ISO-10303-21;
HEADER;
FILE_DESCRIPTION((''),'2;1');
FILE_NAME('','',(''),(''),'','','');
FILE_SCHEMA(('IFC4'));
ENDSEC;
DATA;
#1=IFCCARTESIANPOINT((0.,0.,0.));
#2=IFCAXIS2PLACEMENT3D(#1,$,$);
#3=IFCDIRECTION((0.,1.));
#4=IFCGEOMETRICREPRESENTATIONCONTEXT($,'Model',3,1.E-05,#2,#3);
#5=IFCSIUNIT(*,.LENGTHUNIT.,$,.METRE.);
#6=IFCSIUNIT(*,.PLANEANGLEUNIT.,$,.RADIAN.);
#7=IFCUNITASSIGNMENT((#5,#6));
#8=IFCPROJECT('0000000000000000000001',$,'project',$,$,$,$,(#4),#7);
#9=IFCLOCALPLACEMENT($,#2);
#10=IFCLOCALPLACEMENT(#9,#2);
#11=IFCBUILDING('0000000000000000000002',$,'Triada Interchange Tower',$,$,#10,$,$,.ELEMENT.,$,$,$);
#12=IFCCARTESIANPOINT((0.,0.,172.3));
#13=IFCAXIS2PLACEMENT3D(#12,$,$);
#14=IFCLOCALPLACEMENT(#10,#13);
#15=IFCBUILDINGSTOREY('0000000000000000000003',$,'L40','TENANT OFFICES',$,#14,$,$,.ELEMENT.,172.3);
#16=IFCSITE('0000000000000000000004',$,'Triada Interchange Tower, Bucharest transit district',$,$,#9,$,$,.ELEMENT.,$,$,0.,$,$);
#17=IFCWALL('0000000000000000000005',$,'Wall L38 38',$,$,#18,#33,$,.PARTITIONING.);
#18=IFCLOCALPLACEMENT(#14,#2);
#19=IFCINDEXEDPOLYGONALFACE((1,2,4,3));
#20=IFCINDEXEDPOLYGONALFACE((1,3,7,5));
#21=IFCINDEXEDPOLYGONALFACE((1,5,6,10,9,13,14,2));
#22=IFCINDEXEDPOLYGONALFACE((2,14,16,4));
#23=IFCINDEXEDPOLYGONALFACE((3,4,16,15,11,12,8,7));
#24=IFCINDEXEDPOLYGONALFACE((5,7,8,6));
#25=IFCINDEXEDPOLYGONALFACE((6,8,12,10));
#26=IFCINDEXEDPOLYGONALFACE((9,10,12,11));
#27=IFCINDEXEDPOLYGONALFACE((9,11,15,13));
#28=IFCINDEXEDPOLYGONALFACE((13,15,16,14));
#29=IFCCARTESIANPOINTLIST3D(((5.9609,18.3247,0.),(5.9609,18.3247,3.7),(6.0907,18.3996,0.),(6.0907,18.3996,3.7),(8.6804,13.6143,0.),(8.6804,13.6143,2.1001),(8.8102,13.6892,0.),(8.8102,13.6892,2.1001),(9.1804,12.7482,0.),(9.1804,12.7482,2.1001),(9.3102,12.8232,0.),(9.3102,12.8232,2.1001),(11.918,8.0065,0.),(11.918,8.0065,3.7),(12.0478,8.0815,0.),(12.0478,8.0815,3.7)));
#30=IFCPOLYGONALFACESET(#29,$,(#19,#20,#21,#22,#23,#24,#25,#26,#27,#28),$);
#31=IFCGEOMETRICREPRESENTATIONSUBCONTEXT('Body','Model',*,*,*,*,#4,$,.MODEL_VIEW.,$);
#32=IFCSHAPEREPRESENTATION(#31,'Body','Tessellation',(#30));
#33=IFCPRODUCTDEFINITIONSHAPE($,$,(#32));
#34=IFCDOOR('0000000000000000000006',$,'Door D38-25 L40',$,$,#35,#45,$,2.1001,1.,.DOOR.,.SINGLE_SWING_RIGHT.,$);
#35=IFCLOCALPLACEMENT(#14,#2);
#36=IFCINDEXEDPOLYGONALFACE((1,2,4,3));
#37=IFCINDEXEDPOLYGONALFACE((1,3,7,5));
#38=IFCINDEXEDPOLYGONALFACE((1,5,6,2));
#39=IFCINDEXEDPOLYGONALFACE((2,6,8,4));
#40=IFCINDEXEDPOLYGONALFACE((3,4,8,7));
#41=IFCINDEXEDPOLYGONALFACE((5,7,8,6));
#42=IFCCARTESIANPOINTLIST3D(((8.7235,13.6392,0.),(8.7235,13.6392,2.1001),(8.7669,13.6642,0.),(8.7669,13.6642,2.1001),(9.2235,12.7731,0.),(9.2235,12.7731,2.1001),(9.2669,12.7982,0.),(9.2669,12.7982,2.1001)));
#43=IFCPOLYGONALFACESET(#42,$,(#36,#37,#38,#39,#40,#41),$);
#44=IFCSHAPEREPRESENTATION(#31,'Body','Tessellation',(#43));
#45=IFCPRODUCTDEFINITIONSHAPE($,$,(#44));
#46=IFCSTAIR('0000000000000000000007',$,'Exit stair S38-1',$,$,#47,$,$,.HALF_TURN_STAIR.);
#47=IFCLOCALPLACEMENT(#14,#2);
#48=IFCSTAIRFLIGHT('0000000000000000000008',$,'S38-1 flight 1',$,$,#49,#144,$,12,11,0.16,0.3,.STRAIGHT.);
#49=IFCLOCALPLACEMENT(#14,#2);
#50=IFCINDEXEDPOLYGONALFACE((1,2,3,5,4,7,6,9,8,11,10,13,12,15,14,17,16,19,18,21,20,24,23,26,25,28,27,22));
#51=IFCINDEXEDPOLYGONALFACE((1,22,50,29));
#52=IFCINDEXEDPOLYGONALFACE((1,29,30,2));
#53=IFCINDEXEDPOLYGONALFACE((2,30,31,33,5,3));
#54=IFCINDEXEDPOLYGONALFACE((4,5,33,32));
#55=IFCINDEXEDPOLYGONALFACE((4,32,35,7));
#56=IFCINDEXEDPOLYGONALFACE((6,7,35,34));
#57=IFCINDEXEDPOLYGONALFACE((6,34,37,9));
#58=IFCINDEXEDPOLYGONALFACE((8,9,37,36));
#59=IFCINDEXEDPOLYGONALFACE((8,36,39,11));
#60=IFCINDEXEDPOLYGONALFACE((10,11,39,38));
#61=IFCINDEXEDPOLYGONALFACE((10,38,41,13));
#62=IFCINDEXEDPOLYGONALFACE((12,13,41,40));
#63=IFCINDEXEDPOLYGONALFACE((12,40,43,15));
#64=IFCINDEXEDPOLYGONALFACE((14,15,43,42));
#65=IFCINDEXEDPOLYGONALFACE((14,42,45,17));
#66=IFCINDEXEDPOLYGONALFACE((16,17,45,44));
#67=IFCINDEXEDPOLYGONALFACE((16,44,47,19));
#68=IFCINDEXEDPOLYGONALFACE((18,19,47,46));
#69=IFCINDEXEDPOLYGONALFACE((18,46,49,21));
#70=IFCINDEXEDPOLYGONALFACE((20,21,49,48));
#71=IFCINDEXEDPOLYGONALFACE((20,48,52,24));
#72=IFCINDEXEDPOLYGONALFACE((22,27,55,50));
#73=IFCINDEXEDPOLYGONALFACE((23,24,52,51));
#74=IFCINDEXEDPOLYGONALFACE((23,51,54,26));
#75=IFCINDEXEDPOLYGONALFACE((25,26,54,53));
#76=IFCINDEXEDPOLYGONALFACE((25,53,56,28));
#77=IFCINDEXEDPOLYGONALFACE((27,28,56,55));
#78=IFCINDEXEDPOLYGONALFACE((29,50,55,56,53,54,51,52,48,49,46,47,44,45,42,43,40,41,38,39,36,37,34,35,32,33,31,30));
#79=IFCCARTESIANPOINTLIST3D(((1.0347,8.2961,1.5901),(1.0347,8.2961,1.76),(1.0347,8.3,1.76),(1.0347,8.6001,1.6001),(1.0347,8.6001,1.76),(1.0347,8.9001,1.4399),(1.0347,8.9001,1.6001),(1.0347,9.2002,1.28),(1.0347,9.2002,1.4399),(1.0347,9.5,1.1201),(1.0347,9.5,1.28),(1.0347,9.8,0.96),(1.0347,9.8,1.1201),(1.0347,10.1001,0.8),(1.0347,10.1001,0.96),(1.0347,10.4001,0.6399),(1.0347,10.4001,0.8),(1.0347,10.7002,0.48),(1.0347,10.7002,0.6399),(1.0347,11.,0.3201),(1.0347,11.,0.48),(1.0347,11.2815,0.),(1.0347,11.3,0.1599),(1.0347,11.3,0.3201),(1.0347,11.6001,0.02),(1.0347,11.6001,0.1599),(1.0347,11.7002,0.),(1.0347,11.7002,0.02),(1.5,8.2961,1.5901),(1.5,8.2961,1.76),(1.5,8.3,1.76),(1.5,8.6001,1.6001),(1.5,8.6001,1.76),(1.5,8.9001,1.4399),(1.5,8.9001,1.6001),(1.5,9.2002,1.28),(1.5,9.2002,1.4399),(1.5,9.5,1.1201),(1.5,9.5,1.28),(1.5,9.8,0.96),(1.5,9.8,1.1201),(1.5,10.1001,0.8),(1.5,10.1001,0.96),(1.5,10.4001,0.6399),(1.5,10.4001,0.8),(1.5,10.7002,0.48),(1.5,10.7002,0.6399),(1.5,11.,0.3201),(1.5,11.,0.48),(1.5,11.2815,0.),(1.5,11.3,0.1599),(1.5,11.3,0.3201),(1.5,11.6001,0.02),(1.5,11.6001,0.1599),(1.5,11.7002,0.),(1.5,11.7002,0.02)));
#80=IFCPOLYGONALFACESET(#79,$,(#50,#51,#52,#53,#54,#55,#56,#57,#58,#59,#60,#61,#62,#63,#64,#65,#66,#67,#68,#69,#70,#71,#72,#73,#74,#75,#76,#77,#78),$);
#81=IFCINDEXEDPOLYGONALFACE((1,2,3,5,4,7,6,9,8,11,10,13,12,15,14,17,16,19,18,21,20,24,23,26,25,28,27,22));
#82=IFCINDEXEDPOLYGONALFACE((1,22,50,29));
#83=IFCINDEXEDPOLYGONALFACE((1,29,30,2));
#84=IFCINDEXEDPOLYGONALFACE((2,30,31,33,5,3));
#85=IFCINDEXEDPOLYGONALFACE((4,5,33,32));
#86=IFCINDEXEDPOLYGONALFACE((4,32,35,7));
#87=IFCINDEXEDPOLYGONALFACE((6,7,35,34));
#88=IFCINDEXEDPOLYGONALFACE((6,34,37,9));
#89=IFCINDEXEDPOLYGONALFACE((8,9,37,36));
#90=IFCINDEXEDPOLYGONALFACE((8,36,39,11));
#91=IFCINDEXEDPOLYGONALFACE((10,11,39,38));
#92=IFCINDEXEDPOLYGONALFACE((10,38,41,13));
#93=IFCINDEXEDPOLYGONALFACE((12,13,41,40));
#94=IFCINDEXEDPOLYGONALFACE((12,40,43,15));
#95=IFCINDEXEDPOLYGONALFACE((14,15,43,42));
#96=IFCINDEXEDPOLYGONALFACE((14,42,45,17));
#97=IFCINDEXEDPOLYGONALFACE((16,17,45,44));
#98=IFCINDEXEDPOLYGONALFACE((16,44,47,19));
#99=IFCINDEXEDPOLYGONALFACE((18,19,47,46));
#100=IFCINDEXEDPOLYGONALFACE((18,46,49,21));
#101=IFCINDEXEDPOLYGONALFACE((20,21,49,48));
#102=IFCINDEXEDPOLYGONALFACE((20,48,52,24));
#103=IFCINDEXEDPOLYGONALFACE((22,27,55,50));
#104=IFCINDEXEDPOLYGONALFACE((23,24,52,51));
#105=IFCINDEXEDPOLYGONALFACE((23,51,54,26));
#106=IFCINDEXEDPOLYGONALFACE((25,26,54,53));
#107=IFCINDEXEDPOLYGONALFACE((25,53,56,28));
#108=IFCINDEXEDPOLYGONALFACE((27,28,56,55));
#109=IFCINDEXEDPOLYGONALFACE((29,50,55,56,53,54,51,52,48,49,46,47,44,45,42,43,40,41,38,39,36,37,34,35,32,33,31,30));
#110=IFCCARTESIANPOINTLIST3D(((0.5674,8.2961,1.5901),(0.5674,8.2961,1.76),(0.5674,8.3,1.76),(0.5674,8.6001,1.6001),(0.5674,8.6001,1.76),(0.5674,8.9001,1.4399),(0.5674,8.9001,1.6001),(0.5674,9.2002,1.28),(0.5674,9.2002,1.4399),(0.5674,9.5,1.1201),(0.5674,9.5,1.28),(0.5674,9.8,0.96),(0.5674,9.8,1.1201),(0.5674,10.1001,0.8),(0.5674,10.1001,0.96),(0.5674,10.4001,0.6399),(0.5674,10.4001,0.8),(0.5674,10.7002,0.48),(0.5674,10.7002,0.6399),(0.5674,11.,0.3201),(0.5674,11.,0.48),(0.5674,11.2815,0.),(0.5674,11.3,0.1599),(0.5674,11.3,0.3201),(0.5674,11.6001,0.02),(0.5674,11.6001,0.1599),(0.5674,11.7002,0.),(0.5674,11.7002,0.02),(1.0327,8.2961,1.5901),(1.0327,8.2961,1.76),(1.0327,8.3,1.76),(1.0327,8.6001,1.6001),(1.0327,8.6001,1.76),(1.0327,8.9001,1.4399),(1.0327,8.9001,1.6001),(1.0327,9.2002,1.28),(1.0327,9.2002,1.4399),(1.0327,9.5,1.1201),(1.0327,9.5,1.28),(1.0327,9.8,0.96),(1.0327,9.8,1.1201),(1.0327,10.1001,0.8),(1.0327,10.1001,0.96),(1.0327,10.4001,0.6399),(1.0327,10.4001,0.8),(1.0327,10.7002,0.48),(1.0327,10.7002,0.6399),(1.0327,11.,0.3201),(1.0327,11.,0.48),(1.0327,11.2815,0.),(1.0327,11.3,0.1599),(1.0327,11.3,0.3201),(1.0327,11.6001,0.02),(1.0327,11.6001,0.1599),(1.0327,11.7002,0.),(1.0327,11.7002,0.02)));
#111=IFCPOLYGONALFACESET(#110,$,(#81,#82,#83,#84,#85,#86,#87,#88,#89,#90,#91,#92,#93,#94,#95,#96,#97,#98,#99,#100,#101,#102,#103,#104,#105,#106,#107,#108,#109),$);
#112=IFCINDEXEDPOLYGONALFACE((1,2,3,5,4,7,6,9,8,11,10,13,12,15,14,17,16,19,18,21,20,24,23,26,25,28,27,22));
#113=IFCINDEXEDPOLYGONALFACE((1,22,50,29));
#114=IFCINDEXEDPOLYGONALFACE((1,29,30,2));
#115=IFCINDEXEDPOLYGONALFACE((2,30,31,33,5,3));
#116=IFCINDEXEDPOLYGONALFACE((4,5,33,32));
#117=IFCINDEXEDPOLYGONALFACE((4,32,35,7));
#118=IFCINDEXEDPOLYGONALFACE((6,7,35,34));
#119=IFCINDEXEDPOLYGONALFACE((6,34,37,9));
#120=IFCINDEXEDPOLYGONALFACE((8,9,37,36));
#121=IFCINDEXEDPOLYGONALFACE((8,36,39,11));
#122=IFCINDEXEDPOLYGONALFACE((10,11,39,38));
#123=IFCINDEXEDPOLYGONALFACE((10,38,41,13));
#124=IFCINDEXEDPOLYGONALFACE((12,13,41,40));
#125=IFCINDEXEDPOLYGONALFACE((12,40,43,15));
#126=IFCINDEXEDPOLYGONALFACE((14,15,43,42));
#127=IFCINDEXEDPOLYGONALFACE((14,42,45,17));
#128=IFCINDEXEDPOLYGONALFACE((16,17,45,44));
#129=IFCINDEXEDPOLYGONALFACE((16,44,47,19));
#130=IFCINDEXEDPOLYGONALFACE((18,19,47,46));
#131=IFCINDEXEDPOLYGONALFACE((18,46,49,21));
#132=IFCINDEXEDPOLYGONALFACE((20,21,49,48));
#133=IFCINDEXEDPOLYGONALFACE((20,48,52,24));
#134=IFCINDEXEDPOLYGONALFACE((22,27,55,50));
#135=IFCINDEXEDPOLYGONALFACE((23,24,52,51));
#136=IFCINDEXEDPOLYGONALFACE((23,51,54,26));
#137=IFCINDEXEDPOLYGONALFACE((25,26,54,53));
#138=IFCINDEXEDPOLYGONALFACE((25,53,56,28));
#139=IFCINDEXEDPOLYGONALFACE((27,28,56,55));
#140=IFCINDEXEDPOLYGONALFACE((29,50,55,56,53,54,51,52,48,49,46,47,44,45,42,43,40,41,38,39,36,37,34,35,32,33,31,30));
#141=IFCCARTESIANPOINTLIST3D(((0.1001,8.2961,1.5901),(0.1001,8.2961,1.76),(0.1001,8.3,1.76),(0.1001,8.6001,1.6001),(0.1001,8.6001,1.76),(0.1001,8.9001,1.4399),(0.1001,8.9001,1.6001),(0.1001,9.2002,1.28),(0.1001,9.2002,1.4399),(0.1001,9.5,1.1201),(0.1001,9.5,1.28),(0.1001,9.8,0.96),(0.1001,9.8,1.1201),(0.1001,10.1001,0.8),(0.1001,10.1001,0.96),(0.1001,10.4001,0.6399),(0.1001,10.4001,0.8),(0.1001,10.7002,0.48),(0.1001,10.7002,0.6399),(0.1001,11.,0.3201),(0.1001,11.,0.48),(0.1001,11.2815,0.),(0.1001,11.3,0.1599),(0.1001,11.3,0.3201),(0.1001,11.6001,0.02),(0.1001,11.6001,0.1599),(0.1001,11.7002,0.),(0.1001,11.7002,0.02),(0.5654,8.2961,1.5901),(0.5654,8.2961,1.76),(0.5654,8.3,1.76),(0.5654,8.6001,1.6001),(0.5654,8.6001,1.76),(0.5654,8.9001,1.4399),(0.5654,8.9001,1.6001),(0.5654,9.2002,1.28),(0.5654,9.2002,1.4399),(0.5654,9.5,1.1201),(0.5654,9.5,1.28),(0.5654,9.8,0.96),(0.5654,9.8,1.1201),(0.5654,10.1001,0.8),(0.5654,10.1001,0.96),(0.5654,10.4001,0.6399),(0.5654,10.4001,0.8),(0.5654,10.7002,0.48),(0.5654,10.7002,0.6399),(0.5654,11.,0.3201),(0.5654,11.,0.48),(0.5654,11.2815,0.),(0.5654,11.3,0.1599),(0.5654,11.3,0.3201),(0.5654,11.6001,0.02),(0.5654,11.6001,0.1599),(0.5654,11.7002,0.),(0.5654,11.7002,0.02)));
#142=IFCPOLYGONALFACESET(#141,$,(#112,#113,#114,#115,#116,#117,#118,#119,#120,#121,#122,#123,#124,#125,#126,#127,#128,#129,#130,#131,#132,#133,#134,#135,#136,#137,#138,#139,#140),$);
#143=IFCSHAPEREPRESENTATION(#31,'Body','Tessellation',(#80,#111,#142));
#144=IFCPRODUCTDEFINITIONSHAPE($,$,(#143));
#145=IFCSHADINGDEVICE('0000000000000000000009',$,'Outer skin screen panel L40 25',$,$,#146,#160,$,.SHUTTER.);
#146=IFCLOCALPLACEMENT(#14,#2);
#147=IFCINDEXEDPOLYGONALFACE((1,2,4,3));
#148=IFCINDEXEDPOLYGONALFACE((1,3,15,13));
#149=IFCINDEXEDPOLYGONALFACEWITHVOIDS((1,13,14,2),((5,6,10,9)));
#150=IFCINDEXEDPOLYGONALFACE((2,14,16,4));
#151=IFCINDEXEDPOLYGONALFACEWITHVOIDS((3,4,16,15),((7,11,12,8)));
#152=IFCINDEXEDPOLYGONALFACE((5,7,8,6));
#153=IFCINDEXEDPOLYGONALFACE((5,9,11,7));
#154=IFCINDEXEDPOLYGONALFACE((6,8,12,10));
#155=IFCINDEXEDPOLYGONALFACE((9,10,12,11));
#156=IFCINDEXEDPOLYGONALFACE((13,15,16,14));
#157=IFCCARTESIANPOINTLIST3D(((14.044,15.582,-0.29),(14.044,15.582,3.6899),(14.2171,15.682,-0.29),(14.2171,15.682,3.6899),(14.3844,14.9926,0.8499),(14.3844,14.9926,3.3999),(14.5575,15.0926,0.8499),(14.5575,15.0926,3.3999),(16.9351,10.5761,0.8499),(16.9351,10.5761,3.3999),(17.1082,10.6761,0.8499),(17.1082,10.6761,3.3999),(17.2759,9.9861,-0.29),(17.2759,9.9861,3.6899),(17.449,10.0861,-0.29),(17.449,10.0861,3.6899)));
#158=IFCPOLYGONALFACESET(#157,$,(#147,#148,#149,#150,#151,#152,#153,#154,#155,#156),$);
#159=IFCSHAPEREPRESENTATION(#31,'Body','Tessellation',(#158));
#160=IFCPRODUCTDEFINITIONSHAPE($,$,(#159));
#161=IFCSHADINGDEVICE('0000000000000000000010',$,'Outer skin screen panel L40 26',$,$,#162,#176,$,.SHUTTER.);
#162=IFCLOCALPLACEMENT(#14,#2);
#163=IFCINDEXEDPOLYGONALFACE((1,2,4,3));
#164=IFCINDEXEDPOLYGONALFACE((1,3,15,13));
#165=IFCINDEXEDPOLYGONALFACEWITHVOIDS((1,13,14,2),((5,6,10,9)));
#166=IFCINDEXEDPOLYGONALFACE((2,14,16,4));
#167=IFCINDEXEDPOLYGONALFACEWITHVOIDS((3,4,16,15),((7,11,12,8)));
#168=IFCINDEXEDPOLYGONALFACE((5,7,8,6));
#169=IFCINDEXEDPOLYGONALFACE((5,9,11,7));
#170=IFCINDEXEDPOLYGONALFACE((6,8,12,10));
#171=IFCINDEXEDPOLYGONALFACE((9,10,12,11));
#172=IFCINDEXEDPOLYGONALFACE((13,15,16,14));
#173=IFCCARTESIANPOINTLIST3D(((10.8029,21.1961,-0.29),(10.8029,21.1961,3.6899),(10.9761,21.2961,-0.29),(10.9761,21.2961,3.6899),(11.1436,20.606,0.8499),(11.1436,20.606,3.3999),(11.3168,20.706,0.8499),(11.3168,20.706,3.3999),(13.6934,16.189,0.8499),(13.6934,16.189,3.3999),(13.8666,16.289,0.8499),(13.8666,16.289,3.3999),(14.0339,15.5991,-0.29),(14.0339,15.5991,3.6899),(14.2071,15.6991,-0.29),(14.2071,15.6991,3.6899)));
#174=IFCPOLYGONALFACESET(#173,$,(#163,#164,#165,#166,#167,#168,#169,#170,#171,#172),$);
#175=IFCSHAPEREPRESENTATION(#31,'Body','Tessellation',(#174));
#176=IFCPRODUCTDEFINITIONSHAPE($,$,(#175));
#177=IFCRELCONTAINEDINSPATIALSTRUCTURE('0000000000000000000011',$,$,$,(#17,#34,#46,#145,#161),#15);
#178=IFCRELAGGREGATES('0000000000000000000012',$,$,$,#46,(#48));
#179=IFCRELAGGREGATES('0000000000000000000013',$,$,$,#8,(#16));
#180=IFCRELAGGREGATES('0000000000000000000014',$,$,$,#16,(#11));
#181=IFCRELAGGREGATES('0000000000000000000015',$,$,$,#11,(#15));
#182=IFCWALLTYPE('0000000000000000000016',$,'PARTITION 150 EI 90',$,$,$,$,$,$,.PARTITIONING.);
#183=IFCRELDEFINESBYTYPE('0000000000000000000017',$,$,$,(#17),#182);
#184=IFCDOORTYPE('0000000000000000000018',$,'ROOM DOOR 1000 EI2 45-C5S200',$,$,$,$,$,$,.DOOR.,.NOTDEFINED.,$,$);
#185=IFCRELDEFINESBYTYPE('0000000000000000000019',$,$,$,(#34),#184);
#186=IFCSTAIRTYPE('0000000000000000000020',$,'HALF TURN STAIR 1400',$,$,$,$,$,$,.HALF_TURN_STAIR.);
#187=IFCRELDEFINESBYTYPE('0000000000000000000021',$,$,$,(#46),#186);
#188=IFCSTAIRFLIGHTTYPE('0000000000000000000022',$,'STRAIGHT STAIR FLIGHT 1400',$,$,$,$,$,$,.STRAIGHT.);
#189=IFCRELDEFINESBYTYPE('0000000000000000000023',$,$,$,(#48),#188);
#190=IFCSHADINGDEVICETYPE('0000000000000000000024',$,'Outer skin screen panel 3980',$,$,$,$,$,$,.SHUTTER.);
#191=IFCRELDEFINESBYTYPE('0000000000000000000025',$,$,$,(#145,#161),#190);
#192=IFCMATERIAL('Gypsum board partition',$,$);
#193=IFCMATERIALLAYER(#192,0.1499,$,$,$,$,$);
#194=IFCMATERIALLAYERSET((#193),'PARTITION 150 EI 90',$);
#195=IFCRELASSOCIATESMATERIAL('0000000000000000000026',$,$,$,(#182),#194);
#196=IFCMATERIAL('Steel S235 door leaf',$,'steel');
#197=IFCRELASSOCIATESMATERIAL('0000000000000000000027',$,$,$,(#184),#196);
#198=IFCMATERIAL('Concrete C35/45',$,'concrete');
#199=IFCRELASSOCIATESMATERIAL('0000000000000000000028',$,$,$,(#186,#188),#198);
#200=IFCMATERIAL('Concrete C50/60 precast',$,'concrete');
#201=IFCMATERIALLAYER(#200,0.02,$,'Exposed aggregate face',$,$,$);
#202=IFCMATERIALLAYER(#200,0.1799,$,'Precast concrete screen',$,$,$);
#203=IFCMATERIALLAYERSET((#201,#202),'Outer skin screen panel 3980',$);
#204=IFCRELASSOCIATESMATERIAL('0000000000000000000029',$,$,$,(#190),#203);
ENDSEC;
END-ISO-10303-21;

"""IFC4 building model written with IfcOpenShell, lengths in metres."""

from ifc_helpers import new_model, si_unit, direction, frame, frame_2d, origin, place, context, subcontext, project, spatial, polyline, rectangle, outline, extrude, material, layer, layer_set, type_object, element, fill, aggregate, save


model = new_model("IFC4")

# Units and contexts
model_context = context("Model", 3, precision=1e-05, world=origin(), true_north=direction((0.0, 1.0)))
body_context = subcontext(model_context, "Body", "Model", "MODEL_VIEW")
ifc_project = project(units=[si_unit("LENGTHUNIT", "METRE"), si_unit("PLANEANGLEUNIT", "RADIAN")], contexts=[model_context])

# Site, building, storey
site_placement = place(None, origin())
site = spatial("IfcSite", under=ifc_project, at=site_placement, Name="Triada Interchange Tower, Bucharest transit district", CompositionType="ELEMENT", RefElevation=0.0)
building_placement = place(site_placement, origin())
building = spatial("IfcBuilding", under=site, at=building_placement, Name="Triada Interchange Tower", CompositionType="ELEMENT")
storey_placement = place(building_placement, frame((0.0, 0.0, 172.3)))
storey = spatial("IfcBuildingStorey", under=building, at=storey_placement, Name="L40", Description="TENANT OFFICES", CompositionType="ELEMENT", Elevation=172.3)

# Shared definitions
ifc_material_1 = material(Name="Steel S235 door leaf", Category="steel")

# Shared definitions
ifc_material_2 = material(Name="Gypsum board partition")

# Wall, opening, door
ifc_layer_1 = layer(ifc_material_2, 0.1499)
ifc_layer_set_1 = layer_set([ifc_layer_1], Name="PARTITION 150 EI 90")
wall_type_1 = type_object("IfcWallType", Name="PARTITION 150 EI 90", PredefinedType="PARTITIONING", material=ifc_layer_set_1)
wall_1_placement = place(storey_placement, frame((6.0259, 18.3621, 0.0), z_axis=(0.0, 0.0, 1.0), x_axis=(0.499991, -0.86603, 0.0)))
wall_1 = element("IfcWall", 1, at=wall_1_placement, inside=storey, type_object=wall_type_1, Name="Wall L38 38", PredefinedType="PARTITIONING", context=body_context, shape_type="SweptSolid", body=[
    extrude(rectangle(XDim=11.9143, YDim=0.1499, at=frame_2d((5.957, 0.0))), origin(), (0.0, 0.0, 1.0), 3.7),
])
opening_1_placement = place(wall_1_placement, frame((5.439, 0.0, 0.0)))
opening_1 = element("IfcOpeningElement", 2, at=opening_1_placement, cuts=wall_1, PredefinedType="OPENING", context=body_context, shape_type="SweptSolid", body=[
    extrude(rectangle(XDim=1.0, YDim=2.1001, at=frame_2d((0.5, 1.05))), frame((0.0, 0.085, 0.0), z_axis=(0.0, -1.0, 0.0), x_axis=(1.0, 0.0, 0.0)), (0.0, 0.0, 1.0), 0.1699),
])
door_type_1 = type_object("IfcDoorType", Name="ROOM DOOR 1000 EI2 45-C5S200", OperationType="NOTDEFINED", PredefinedType="DOOR", material=ifc_material_1)
door_1_placement = place(opening_1_placement, origin())
door_1 = element("IfcDoor", 3, at=door_1_placement, inside=storey, type_object=door_type_1, Name="Door D38-25 L40", OperationType="SINGLE_SWING_RIGHT", OverallHeight=2.1001, OverallWidth=1.0, PredefinedType="DOOR", context=body_context, shape_type="SweptSolid", body=[
    extrude(rectangle(XDim=1.0, YDim=2.1001, at=frame_2d((0.5, 1.05))), frame((0.0, 0.0249, 0.0), z_axis=(0.0, -1.0, 0.0), x_axis=(1.0, 0.0, 0.0)), (0.0, 0.0, 1.0), 0.05),
])
fill(opening_1, door_1)

# Stair, stair flight
ifc_material_3 = material(Name="Concrete C35/45", Category="concrete")
stair_type = type_object("IfcStairType", Name="HALF TURN STAIR 1400", PredefinedType="HALF_TURN_STAIR", material=ifc_material_3)
stair_placement = place(storey_placement, origin())
stair = element("IfcStair", 4, at=stair_placement, inside=storey, type_object=stair_type, Name="Exit stair S38-1", PredefinedType="HALF_TURN_STAIR")
stair_flight_type = type_object("IfcStairFlightType", Name="STRAIGHT STAIR FLIGHT 1400", PredefinedType="STRAIGHT", material=ifc_material_3)
stair_flight_placement = place(storey_placement, frame((0.8, 11.6001, 0.0), z_axis=(0.0, 0.0, 1.0), x_axis=(0.0, -1.0, 0.0)))
stair_flight = element("IfcStairFlight", 5, at=stair_flight_placement, type_object=stair_flight_type, Name="S38-1 flight 1", NumberOfRisers=12, NumberOfTreads=11, PredefinedType="STRAIGHT", RiserHeight=0.16, TreadLength=0.3, context=body_context, shape_type="SweptSolid", body=[
    extrude(outline(polyline([(-0.1001, 0.0), (-0.1001, 0.02), (0.0, 0.02), (0.0, 0.1599), (0.3, 0.1599), (0.3, 0.3201), (0.6001, 0.3201), (0.6001, 0.48), (0.8999, 0.48), (0.8999, 0.6399), (1.2, 0.6399), (1.2, 0.8), (1.5, 0.8), (1.5, 0.96), (1.8, 0.96), (1.8, 1.1201), (2.1001, 1.1201), (2.1001, 1.28), (2.3999, 1.28), (2.3999, 1.4399), (2.7, 1.4399), (2.7, 1.6001), (3.0, 1.6001), (3.0, 1.76), (3.3, 1.76), (3.304, 1.76), (3.304, 1.9199), (3.304, 1.5901), (0.3186, 0.0), (-0.1001, 0.0)])), frame((0.0, 0.7, 0.0), z_axis=(0.0, -1.0, 0.0), x_axis=(1.0, 0.0, 0.0)), (0.0, 0.0, 1.0), 0.4653),
    extrude(outline(polyline([(-0.1001, 0.0), (-0.1001, 0.02), (0.0, 0.02), (0.0, 0.1599), (0.3, 0.1599), (0.3, 0.3201), (0.6001, 0.3201), (0.6001, 0.48), (0.8999, 0.48), (0.8999, 0.6399), (1.2, 0.6399), (1.2, 0.8), (1.5, 0.8), (1.5, 0.96), (1.8, 0.96), (1.8, 1.1201), (2.1001, 1.1201), (2.1001, 1.28), (2.3999, 1.28), (2.3999, 1.4399), (2.7, 1.4399), (2.7, 1.6001), (3.0, 1.6001), (3.0, 1.76), (3.3, 1.76), (3.304, 1.76), (3.304, 1.9199), (3.304, 1.5901), (0.3186, 0.0), (-0.1001, 0.0)])), frame((0.0, 0.2327, 0.0), z_axis=(0.0, -1.0, 0.0), x_axis=(1.0, 0.0, 0.0)), (0.0, 0.0, 1.0), 0.4653),
    extrude(outline(polyline([(-0.1001, 0.0), (-0.1001, 0.02), (0.0, 0.02), (0.0, 0.1599), (0.3, 0.1599), (0.3, 0.3201), (0.6001, 0.3201), (0.6001, 0.48), (0.8999, 0.48), (0.8999, 0.6399), (1.2, 0.6399), (1.2, 0.8), (1.5, 0.8), (1.5, 0.96), (1.8, 0.96), (1.8, 1.1201), (2.1001, 1.1201), (2.1001, 1.28), (2.3999, 1.28), (2.3999, 1.4399), (2.7, 1.4399), (2.7, 1.6001), (3.0, 1.6001), (3.0, 1.76), (3.3, 1.76), (3.304, 1.76), (3.304, 1.9199), (3.304, 1.5901), (0.3186, 0.0), (-0.1001, 0.0)])), frame((0.0, -0.2346, 0.0), z_axis=(0.0, -1.0, 0.0), x_axis=(1.0, 0.0, 0.0)), (0.0, 0.0, 1.0), 0.4653),
])

# Shading devices
ifc_material_4 = material(Name="Concrete C50/60 precast", Category="concrete")
ifc_layer_2 = layer(ifc_material_4, 0.02, Name="Exposed aggregate face")
ifc_layer_3 = layer(ifc_material_4, 0.1799, Name="Precast concrete screen")
ifc_layer_set_2 = layer_set([ifc_layer_2, ifc_layer_3], Name="Outer skin screen panel 3980")
shading_device_type = type_object("IfcShadingDeviceType", Name="Outer skin screen panel 3980", PredefinedType="SHUTTER", material=ifc_layer_set_2)
shading_device_1_placement = place(storey_placement, frame((17.2759, 9.9861, -0.29), z_axis=(0.0, 0.0, 1.0), x_axis=(-0.500129, 0.865951, 0.0)))
element("IfcShadingDevice", 6, at=shading_device_1_placement, inside=storey, type_object=shading_device_type, Name="Outer skin screen panel L40 25", PredefinedType="SHUTTER", context=body_context, shape_type="SweptSolid", body=[
    extrude(outline(polyline([(0.0, 0.0), (6.4622, 0.0), (6.4622, 3.98), (0.0, 3.98), (0.0, 0.0)]), holes=[polyline([(0.6814, 1.1399), (0.6814, 3.6899), (5.7815, 3.6899), (5.7815, 1.1399), (0.6814, 1.1399)])]), frame((0.0, 0.0, 0.0), z_axis=(0.0, -1.0, 0.0), x_axis=(1.0, 0.0, 0.0)), (0.0, 0.0, 1.0), 0.2),
])
shading_device_2_placement = place(storey_placement, frame((14.0339, 15.5991, -0.29), z_axis=(0.0, 0.0, 1.0), x_axis=(-0.49995, 0.866054, 0.0)))
element("IfcShadingDevice", 7, at=shading_device_2_placement, inside=storey, type_object=shading_device_type, Name="Outer skin screen panel L40 26", PredefinedType="SHUTTER", context=body_context, shape_type="SweptSolid", body=[
    extrude(outline(polyline([(0.0, 0.0), (6.4626, 0.0), (6.4626, 3.98), (0.0, 3.98), (0.0, 0.0)]), holes=[polyline([(0.6812, 1.1399), (0.6812, 3.6899), (5.7812, 3.6899), (5.7812, 1.1399), (0.6812, 1.1399)])]), frame((0.0, 0.0, 0.0), z_axis=(0.0, -1.0, 0.0), x_axis=(1.0, 0.0, 0.0)), (0.0, 0.0, 1.0), 0.2),
])

aggregate(stair, [stair_flight])

save(model, "model.ifc")
